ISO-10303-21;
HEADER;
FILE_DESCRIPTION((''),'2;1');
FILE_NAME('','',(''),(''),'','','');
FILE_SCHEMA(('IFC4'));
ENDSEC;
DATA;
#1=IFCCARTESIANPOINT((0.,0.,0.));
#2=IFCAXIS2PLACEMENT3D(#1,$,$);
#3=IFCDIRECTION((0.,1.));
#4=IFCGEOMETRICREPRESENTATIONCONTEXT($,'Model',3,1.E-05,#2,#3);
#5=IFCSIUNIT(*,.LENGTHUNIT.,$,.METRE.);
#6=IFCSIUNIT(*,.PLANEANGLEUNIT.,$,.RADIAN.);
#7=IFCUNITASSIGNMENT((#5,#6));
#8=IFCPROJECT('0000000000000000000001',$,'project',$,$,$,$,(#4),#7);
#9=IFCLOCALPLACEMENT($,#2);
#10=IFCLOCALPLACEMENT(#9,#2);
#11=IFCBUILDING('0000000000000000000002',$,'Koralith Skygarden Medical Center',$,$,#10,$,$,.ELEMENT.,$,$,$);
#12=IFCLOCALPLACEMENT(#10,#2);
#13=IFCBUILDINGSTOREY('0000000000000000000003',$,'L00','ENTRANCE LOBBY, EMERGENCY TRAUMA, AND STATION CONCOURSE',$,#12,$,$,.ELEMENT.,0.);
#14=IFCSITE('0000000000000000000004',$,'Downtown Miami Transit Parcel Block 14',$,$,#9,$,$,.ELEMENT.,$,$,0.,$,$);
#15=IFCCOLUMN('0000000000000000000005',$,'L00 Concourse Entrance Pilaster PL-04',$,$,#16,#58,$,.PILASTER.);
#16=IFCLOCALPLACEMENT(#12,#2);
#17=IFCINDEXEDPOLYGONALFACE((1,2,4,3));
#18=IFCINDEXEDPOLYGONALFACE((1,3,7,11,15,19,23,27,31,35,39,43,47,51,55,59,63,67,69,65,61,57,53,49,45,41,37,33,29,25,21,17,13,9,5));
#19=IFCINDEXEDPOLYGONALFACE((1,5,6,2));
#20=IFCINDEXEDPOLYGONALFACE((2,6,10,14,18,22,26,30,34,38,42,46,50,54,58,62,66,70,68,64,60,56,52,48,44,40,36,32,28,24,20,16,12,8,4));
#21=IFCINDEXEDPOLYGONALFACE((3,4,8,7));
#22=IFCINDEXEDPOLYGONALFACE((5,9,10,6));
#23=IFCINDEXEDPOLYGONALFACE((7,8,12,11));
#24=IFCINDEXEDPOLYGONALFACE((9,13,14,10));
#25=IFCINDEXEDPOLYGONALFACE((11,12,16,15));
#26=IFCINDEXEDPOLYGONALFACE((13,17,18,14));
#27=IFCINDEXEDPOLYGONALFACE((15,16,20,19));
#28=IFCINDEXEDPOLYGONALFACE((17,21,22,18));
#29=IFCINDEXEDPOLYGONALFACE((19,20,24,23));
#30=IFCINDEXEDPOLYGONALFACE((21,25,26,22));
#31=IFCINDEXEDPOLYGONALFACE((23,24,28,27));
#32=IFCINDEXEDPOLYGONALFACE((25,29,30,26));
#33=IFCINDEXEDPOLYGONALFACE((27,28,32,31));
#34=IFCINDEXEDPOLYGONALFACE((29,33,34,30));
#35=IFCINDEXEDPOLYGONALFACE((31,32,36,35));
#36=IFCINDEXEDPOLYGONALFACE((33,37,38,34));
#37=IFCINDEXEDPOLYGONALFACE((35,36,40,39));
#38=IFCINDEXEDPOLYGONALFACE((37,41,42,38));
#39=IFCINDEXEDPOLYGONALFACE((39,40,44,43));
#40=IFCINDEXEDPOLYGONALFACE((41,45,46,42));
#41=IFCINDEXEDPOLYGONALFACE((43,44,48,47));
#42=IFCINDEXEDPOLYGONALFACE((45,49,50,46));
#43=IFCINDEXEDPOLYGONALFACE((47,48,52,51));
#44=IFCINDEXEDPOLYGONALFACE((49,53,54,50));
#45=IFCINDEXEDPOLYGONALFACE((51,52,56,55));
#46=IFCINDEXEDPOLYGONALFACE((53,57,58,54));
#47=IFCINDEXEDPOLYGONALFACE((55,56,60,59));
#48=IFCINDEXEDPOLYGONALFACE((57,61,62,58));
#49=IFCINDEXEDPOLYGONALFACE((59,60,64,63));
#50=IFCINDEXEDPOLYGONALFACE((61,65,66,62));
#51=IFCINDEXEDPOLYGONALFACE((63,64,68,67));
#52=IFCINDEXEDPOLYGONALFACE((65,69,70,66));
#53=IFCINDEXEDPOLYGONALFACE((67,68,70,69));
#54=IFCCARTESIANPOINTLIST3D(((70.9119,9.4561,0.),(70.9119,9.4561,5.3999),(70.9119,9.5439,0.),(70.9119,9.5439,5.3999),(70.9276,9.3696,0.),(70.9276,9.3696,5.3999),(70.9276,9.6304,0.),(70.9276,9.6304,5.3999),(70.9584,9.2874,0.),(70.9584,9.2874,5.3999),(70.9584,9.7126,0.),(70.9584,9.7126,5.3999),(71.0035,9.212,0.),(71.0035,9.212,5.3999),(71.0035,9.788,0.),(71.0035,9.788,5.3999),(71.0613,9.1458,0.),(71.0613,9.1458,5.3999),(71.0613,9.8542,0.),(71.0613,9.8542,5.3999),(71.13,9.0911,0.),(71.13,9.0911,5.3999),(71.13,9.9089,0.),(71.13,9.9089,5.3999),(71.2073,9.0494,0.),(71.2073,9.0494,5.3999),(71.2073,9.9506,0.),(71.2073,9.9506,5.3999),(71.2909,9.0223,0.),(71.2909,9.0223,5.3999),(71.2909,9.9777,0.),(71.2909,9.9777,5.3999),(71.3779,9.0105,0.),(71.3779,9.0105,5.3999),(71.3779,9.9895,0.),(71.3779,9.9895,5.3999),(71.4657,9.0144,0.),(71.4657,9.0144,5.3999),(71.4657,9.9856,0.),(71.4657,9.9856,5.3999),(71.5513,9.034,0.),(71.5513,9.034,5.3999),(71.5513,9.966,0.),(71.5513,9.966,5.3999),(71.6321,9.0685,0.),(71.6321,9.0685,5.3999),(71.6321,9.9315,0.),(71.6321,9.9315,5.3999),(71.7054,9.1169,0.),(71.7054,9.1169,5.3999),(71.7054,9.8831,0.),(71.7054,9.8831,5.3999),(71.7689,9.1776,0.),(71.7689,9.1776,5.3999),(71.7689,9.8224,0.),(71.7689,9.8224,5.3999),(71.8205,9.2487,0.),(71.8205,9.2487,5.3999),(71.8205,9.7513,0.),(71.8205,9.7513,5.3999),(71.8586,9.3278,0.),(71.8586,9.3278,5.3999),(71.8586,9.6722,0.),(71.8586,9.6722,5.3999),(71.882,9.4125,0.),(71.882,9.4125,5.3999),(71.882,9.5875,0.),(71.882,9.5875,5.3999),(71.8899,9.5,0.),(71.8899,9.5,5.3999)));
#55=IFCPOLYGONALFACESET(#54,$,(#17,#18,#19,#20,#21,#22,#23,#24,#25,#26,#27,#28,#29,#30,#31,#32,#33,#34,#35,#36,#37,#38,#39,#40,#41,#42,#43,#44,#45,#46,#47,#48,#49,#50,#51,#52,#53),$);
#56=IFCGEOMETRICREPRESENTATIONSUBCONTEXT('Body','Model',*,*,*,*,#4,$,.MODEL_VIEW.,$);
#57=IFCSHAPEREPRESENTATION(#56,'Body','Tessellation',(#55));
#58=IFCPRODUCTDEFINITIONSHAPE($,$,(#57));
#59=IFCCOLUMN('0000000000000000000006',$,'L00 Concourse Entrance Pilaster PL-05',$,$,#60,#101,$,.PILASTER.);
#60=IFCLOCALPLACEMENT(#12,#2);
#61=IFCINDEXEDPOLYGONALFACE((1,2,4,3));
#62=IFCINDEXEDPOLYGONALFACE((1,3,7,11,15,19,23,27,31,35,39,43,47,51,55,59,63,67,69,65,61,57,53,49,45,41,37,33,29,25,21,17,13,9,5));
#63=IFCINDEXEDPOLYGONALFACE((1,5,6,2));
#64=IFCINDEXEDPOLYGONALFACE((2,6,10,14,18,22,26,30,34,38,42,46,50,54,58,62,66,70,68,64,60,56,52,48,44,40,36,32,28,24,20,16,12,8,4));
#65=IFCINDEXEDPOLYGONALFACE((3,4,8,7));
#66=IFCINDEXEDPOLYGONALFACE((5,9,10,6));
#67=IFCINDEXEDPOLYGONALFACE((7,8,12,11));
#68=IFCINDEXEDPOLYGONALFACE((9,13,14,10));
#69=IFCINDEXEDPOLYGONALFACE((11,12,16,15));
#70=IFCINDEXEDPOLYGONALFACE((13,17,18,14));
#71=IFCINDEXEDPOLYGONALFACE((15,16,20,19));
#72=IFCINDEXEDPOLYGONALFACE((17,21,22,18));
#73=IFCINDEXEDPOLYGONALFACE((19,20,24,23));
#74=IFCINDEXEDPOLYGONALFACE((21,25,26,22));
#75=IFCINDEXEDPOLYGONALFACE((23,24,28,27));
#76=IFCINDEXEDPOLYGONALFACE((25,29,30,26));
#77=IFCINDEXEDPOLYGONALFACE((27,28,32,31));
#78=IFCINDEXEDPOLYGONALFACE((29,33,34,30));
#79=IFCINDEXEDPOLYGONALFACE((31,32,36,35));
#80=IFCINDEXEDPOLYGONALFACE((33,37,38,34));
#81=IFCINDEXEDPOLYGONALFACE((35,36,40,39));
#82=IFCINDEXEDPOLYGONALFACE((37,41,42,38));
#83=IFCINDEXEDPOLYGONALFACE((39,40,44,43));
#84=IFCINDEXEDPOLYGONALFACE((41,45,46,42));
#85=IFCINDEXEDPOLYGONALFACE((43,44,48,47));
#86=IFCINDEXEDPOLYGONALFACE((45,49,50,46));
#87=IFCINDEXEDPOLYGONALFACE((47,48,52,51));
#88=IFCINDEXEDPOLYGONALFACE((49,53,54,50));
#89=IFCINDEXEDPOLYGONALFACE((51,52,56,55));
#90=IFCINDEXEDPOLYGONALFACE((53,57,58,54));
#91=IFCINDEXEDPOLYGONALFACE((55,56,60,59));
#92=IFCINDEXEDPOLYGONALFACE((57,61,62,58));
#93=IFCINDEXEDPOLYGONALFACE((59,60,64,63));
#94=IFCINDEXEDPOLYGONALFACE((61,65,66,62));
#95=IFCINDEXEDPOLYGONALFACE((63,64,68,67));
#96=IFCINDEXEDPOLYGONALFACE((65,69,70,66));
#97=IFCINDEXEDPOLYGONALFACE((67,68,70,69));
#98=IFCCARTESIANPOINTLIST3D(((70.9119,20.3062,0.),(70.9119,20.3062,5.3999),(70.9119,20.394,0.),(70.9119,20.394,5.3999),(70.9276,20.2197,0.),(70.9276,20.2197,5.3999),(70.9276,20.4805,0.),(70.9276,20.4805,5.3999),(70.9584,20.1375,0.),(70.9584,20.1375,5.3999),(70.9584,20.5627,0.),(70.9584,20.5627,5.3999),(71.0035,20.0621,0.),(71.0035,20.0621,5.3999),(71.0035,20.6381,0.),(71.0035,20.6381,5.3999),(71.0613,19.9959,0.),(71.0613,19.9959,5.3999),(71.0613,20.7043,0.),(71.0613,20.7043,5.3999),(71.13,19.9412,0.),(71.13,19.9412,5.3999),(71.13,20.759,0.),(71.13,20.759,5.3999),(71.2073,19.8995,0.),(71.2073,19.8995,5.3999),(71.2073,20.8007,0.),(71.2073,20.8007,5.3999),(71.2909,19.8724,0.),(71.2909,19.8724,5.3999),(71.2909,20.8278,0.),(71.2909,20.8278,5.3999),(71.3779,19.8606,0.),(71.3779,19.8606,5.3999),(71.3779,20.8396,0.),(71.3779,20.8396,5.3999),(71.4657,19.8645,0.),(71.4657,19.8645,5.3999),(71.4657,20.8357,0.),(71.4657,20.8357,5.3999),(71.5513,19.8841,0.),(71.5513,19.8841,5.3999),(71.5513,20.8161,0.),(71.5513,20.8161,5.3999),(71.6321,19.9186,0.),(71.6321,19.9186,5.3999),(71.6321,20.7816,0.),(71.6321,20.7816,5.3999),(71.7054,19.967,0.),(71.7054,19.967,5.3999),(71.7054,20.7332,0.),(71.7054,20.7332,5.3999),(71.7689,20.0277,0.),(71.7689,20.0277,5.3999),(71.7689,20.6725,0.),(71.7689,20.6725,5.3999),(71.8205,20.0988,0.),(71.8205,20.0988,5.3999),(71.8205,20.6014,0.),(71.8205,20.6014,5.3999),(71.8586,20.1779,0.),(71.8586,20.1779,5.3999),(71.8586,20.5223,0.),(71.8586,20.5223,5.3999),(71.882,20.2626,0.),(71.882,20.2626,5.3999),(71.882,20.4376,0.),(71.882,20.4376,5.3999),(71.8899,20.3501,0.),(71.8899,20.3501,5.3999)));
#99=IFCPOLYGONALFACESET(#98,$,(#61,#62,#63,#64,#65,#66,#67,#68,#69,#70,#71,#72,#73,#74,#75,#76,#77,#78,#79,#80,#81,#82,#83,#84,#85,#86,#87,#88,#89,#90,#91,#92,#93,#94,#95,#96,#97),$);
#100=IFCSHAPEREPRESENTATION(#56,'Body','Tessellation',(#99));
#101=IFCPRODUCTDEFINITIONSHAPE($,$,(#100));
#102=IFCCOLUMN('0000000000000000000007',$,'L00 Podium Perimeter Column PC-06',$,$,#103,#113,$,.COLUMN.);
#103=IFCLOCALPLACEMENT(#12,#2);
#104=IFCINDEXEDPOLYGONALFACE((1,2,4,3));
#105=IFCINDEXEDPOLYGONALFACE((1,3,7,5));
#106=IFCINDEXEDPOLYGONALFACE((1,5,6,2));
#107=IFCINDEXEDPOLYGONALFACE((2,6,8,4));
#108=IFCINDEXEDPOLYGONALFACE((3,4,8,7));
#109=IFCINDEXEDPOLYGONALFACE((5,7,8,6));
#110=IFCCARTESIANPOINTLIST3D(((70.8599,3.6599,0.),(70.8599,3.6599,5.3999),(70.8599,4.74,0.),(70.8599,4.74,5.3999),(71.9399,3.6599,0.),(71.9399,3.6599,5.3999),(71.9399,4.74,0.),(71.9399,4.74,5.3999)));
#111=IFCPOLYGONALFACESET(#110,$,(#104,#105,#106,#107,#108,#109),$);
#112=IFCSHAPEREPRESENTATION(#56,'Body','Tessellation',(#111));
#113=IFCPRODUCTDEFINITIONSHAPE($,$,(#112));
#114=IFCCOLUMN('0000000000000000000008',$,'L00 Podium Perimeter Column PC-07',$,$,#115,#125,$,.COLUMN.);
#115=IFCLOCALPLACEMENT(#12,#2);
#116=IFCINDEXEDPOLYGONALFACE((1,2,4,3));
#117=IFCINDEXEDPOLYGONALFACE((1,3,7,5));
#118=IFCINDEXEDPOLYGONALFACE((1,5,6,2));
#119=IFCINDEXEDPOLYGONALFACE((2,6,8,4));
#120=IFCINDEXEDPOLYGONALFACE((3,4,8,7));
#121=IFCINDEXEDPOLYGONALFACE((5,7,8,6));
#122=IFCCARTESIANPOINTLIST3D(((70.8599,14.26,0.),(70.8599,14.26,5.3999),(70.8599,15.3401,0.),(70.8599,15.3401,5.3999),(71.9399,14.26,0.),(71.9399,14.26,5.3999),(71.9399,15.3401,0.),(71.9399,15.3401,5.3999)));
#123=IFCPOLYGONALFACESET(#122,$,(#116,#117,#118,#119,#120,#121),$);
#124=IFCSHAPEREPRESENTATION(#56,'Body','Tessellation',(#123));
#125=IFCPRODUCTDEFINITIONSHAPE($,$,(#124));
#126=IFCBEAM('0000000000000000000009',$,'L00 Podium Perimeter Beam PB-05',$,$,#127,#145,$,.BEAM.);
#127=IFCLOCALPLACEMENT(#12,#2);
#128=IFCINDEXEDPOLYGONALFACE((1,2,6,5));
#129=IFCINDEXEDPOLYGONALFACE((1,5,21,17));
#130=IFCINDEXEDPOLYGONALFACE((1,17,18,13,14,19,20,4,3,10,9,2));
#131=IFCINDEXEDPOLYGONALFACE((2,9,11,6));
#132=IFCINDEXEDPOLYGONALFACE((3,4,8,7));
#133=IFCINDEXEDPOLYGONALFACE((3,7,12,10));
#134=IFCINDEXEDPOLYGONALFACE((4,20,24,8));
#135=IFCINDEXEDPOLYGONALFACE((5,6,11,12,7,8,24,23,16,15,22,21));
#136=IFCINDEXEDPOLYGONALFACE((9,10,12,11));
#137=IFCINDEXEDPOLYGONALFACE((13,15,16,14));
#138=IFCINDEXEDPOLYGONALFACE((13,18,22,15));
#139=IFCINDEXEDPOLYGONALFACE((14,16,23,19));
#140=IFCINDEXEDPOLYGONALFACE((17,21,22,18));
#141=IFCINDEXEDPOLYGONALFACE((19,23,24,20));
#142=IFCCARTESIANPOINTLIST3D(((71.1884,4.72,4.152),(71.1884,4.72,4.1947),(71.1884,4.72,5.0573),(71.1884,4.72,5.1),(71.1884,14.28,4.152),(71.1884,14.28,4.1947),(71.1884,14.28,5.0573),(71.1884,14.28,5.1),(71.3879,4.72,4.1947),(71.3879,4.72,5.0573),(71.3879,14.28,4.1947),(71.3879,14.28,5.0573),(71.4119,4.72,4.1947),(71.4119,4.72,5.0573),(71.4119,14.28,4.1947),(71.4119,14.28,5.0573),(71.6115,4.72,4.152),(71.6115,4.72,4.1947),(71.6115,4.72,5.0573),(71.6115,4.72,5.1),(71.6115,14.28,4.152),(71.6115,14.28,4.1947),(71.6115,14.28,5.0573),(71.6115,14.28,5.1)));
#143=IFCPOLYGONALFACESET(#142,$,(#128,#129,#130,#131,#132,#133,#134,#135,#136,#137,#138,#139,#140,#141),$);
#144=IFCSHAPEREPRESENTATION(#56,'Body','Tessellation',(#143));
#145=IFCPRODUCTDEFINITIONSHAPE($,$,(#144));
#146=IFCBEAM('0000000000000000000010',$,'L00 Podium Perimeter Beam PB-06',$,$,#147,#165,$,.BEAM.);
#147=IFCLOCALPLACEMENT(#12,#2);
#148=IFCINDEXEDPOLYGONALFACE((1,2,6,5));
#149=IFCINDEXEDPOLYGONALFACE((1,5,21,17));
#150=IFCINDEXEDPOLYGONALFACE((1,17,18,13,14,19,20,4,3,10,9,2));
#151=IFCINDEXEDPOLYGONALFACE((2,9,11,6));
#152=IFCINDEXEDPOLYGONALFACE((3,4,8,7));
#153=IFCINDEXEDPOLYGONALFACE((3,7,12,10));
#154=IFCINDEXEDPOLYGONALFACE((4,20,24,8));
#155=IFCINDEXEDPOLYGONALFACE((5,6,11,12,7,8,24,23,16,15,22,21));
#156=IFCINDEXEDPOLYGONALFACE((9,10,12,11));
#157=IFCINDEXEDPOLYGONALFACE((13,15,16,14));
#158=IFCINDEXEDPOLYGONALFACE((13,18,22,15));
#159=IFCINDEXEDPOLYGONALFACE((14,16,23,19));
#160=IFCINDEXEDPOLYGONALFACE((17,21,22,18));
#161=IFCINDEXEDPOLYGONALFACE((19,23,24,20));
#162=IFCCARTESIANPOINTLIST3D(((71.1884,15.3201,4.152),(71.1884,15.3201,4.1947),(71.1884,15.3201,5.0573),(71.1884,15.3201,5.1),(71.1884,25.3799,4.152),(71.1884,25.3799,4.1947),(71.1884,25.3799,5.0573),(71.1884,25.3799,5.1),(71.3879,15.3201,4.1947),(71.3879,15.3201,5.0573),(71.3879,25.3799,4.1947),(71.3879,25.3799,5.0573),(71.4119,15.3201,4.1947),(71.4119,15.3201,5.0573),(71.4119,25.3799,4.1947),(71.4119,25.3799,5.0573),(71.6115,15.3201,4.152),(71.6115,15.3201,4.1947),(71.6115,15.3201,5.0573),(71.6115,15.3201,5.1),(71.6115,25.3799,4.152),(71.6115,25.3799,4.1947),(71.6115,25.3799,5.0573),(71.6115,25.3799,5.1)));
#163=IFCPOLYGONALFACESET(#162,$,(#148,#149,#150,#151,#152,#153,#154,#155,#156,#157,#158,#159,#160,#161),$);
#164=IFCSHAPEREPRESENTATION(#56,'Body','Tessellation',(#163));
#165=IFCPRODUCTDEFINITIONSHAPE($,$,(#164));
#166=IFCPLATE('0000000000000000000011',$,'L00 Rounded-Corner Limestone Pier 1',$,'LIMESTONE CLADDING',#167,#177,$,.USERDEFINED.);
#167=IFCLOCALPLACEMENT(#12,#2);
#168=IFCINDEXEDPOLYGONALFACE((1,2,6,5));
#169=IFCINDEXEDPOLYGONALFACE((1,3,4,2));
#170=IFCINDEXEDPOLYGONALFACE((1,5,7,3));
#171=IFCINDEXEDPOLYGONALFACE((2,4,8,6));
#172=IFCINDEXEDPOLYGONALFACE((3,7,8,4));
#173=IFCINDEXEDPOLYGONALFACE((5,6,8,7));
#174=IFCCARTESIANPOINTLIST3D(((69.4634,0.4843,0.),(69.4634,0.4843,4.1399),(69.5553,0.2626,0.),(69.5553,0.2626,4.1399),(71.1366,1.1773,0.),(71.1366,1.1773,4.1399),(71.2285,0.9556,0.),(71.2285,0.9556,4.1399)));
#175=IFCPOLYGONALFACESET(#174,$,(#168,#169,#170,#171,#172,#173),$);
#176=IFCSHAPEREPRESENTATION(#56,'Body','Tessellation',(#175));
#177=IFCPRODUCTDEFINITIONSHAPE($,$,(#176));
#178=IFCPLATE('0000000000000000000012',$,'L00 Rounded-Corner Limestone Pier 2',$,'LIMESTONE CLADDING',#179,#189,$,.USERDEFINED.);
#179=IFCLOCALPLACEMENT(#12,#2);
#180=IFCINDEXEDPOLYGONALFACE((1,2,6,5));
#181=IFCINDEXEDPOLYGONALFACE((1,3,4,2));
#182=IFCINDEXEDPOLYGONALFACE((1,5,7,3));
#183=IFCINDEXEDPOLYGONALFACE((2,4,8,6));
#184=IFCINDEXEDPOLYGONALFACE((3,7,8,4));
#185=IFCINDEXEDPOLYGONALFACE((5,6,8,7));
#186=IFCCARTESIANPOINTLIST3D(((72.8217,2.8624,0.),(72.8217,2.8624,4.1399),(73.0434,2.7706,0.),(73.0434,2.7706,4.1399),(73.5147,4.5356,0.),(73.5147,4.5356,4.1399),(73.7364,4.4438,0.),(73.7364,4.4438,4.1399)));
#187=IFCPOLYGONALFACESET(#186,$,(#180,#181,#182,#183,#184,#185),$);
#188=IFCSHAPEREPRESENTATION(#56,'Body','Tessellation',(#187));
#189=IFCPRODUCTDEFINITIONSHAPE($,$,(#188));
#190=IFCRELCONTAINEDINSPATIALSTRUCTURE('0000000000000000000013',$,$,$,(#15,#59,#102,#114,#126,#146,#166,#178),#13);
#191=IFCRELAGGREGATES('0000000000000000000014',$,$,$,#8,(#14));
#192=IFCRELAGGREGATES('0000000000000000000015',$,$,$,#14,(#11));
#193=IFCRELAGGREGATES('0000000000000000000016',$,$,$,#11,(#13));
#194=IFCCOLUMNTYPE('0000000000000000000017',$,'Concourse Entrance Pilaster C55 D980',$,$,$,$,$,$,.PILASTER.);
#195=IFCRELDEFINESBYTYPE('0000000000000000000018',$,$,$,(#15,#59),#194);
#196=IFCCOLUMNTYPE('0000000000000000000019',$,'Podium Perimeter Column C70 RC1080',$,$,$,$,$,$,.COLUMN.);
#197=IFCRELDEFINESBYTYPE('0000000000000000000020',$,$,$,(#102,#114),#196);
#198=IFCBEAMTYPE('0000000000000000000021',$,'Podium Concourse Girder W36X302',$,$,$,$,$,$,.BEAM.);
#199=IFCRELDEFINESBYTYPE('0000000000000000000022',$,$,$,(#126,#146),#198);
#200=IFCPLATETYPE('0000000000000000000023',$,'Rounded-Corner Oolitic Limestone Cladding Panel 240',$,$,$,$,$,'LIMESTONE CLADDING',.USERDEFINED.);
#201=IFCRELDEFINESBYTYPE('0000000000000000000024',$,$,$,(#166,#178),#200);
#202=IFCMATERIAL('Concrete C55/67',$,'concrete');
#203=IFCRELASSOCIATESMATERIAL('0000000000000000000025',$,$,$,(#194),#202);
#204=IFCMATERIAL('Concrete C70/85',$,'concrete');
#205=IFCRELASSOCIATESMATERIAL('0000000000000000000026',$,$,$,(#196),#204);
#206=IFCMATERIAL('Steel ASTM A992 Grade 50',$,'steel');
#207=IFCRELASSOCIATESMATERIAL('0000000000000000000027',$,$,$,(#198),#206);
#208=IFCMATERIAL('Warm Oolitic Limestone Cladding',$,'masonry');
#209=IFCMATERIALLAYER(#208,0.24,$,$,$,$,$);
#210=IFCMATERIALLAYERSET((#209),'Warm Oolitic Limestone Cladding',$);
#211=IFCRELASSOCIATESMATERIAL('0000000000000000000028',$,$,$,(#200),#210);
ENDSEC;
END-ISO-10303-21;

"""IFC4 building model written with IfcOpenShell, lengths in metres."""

from ifc_helpers import new_model, si_unit, direction, frame, origin, origin_2d, place, context, subcontext, project, spatial, rectangle, circle, i_section, extrude, material, layer, layer_set, material_profile, profile_set, type_object, element, save


model = new_model("IFC4")

# Units and contexts
model_context = context("Model", 3, precision=1e-05, world=origin(), true_north=direction((0.0, 1.0)))
body_context = subcontext(model_context, "Body", "Model", "MODEL_VIEW")
ifc_project = project(units=[si_unit("LENGTHUNIT", "METRE"), si_unit("PLANEANGLEUNIT", "RADIAN")], contexts=[model_context])

# Site, building, storey
site_placement = place(None, origin())
site = spatial("IfcSite", under=ifc_project, at=site_placement, Name="Downtown Miami Transit Parcel Block 14", CompositionType="ELEMENT", RefElevation=0.0)
building_placement = place(site_placement, origin())
building = spatial("IfcBuilding", under=site, at=building_placement, Name="Koralith Skygarden Medical Center", CompositionType="ELEMENT")
storey_placement = place(building_placement, origin())
storey = spatial("IfcBuildingStorey", under=building, at=storey_placement, Name="L00", Description="ENTRANCE LOBBY, EMERGENCY TRAUMA, AND STATION CONCOURSE", CompositionType="ELEMENT", Elevation=0.0)

# Columns
ifc_material_1 = material(Name="Concrete C55/67", Category="concrete")
ifc_material_profile_1 = material_profile(ifc_material_1, circle(Radius=0.49, at=origin_2d()), Name="RCCOL980")
ifc_profile_set_1 = profile_set([ifc_material_profile_1], Name="Concrete C55/67")
column_type_1 = type_object("IfcColumnType", Name="Concourse Entrance Pilaster C55 D980", PredefinedType="PILASTER", material=ifc_profile_set_1)
for number, where, z_axis, x_axis, name in (
    (1, (71.3999, 9.5, 0.0), (0.0, 0.0, 1.0), (1.0, 0.0, 0.0), "L00 Concourse Entrance Pilaster PL-04"),
    (2, (71.3999, 20.3501, 0.0), (0.0, 0.0, 1.0), (1.0, 0.0, 0.0), "L00 Concourse Entrance Pilaster PL-05"),
):
    element("IfcColumn", number, at=place(storey_placement, frame(where, z_axis=z_axis, x_axis=x_axis)), inside=storey, type_object=column_type_1, Name=name, PredefinedType="PILASTER", context=body_context, shape_type="SweptSolid", body=[
        extrude(circle(Radius=0.49, at=origin_2d()), origin(), (0.0, 0.0, 1.0), 5.3999),
    ])
ifc_material_2 = material(Name="Concrete C70/85", Category="concrete")
ifc_material_profile_2 = material_profile(ifc_material_2, rectangle(XDim=1.0801, YDim=1.0801, at=origin_2d()), Name="RC1080X1080")
ifc_profile_set_2 = profile_set([ifc_material_profile_2], Name="Concrete C70/85")
column_type_2 = type_object("IfcColumnType", Name="Podium Perimeter Column C70 RC1080", PredefinedType="COLUMN", material=ifc_profile_set_2)
for number, where, z_axis, x_axis, name in (
    (3, (71.3999, 4.2, 0.0), (0.0, 0.0, 1.0), (1.0, 0.0, 0.0), "L00 Podium Perimeter Column PC-06"),
    (4, (71.3999, 14.8, 0.0), (0.0, 0.0, 1.0), (1.0, 0.0, 0.0), "L00 Podium Perimeter Column PC-07"),
):
    element("IfcColumn", number, at=place(storey_placement, frame(where, z_axis=z_axis, x_axis=x_axis)), inside=storey, type_object=column_type_2, Name=name, PredefinedType="COLUMN", context=body_context, shape_type="SweptSolid", body=[
        extrude(rectangle(XDim=1.0801, YDim=1.0801, at=origin_2d()), origin(), (0.0, 0.0, 1.0), 5.3999),
    ])

# Beams
ifc_material_3 = material(Name="Steel ASTM A992 Grade 50", Category="steel")
ifc_material_profile_3 = material_profile(ifc_material_3, i_section(OverallWidth=0.4231, OverallDepth=0.948, WebThickness=0.0239, FlangeThickness=0.0427, at=origin_2d()), Name="W36X302")
ifc_profile_set_3 = profile_set([ifc_material_profile_3], Name="Steel ASTM A992 Grade 50")
beam_type = type_object("IfcBeamType", Name="Podium Concourse Girder W36X302", PredefinedType="BEAM", material=ifc_profile_set_3)
beam_1_placement = place(storey_placement, frame((71.3999, 4.72, 4.626), z_axis=(0.0, 1.0, 0.0), x_axis=(-1.0, 0.0, 0.0)))
element("IfcBeam", 5, at=beam_1_placement, inside=storey, type_object=beam_type, Name="L00 Podium Perimeter Beam PB-05", PredefinedType="BEAM", context=body_context, shape_type="SweptSolid", body=[
    extrude(i_section(OverallWidth=0.4231, OverallDepth=0.948, WebThickness=0.0239, FlangeThickness=0.0427, at=origin_2d()), origin(), (0.0, 0.0, 1.0), 9.5601),
])
beam_2_placement = place(storey_placement, frame((71.3999, 15.3201, 4.626), z_axis=(0.0, 1.0, 0.0), x_axis=(-1.0, 0.0, 0.0)))
element("IfcBeam", 6, at=beam_2_placement, inside=storey, type_object=beam_type, Name="L00 Podium Perimeter Beam PB-06", PredefinedType="BEAM", context=body_context, shape_type="SweptSolid", body=[
    extrude(i_section(OverallWidth=0.4231, OverallDepth=0.948, WebThickness=0.0239, FlangeThickness=0.0427, at=origin_2d()), origin(), (0.0, 0.0, 1.0), 10.0598),
])

# Plates
ifc_material_4 = material(Name="Warm Oolitic Limestone Cladding", Category="masonry")
ifc_layer_1 = layer(ifc_material_4, 0.24)
ifc_layer_set_1 = layer_set([ifc_layer_1], Name="Warm Oolitic Limestone Cladding")
plate_type = type_object("IfcPlateType", Name="Rounded-Corner Oolitic Limestone Cladding Panel 240", ElementType="LIMESTONE CLADDING", PredefinedType="USERDEFINED", material=ifc_layer_set_1)
for number, where, z_axis, x_axis, name in (
    (7, (70.3459, 0.72, 0.0), (0.0, 0.0, 1.0), (0.923885, 0.382671, 0.0), "L00 Rounded-Corner Limestone Pier 1"),
    (8, (73.2791, 3.6531, 0.0), (0.0, 0.0, 1.0), (0.382671, 0.923885, 0.0), "L00 Rounded-Corner Limestone Pier 2"),
):
    element("IfcPlate", number, at=place(storey_placement, frame(where, z_axis=z_axis, x_axis=x_axis)), inside=storey, type_object=plate_type, Name=name, ObjectType="LIMESTONE CLADDING", PredefinedType="USERDEFINED", context=body_context, shape_type="SweptSolid", body=[
        extrude(rectangle(XDim=1.811, YDim=0.24, at=origin_2d()), origin(), (0.0, 0.0, 1.0), 4.1399),
    ])

save(model, "model.ifc")
